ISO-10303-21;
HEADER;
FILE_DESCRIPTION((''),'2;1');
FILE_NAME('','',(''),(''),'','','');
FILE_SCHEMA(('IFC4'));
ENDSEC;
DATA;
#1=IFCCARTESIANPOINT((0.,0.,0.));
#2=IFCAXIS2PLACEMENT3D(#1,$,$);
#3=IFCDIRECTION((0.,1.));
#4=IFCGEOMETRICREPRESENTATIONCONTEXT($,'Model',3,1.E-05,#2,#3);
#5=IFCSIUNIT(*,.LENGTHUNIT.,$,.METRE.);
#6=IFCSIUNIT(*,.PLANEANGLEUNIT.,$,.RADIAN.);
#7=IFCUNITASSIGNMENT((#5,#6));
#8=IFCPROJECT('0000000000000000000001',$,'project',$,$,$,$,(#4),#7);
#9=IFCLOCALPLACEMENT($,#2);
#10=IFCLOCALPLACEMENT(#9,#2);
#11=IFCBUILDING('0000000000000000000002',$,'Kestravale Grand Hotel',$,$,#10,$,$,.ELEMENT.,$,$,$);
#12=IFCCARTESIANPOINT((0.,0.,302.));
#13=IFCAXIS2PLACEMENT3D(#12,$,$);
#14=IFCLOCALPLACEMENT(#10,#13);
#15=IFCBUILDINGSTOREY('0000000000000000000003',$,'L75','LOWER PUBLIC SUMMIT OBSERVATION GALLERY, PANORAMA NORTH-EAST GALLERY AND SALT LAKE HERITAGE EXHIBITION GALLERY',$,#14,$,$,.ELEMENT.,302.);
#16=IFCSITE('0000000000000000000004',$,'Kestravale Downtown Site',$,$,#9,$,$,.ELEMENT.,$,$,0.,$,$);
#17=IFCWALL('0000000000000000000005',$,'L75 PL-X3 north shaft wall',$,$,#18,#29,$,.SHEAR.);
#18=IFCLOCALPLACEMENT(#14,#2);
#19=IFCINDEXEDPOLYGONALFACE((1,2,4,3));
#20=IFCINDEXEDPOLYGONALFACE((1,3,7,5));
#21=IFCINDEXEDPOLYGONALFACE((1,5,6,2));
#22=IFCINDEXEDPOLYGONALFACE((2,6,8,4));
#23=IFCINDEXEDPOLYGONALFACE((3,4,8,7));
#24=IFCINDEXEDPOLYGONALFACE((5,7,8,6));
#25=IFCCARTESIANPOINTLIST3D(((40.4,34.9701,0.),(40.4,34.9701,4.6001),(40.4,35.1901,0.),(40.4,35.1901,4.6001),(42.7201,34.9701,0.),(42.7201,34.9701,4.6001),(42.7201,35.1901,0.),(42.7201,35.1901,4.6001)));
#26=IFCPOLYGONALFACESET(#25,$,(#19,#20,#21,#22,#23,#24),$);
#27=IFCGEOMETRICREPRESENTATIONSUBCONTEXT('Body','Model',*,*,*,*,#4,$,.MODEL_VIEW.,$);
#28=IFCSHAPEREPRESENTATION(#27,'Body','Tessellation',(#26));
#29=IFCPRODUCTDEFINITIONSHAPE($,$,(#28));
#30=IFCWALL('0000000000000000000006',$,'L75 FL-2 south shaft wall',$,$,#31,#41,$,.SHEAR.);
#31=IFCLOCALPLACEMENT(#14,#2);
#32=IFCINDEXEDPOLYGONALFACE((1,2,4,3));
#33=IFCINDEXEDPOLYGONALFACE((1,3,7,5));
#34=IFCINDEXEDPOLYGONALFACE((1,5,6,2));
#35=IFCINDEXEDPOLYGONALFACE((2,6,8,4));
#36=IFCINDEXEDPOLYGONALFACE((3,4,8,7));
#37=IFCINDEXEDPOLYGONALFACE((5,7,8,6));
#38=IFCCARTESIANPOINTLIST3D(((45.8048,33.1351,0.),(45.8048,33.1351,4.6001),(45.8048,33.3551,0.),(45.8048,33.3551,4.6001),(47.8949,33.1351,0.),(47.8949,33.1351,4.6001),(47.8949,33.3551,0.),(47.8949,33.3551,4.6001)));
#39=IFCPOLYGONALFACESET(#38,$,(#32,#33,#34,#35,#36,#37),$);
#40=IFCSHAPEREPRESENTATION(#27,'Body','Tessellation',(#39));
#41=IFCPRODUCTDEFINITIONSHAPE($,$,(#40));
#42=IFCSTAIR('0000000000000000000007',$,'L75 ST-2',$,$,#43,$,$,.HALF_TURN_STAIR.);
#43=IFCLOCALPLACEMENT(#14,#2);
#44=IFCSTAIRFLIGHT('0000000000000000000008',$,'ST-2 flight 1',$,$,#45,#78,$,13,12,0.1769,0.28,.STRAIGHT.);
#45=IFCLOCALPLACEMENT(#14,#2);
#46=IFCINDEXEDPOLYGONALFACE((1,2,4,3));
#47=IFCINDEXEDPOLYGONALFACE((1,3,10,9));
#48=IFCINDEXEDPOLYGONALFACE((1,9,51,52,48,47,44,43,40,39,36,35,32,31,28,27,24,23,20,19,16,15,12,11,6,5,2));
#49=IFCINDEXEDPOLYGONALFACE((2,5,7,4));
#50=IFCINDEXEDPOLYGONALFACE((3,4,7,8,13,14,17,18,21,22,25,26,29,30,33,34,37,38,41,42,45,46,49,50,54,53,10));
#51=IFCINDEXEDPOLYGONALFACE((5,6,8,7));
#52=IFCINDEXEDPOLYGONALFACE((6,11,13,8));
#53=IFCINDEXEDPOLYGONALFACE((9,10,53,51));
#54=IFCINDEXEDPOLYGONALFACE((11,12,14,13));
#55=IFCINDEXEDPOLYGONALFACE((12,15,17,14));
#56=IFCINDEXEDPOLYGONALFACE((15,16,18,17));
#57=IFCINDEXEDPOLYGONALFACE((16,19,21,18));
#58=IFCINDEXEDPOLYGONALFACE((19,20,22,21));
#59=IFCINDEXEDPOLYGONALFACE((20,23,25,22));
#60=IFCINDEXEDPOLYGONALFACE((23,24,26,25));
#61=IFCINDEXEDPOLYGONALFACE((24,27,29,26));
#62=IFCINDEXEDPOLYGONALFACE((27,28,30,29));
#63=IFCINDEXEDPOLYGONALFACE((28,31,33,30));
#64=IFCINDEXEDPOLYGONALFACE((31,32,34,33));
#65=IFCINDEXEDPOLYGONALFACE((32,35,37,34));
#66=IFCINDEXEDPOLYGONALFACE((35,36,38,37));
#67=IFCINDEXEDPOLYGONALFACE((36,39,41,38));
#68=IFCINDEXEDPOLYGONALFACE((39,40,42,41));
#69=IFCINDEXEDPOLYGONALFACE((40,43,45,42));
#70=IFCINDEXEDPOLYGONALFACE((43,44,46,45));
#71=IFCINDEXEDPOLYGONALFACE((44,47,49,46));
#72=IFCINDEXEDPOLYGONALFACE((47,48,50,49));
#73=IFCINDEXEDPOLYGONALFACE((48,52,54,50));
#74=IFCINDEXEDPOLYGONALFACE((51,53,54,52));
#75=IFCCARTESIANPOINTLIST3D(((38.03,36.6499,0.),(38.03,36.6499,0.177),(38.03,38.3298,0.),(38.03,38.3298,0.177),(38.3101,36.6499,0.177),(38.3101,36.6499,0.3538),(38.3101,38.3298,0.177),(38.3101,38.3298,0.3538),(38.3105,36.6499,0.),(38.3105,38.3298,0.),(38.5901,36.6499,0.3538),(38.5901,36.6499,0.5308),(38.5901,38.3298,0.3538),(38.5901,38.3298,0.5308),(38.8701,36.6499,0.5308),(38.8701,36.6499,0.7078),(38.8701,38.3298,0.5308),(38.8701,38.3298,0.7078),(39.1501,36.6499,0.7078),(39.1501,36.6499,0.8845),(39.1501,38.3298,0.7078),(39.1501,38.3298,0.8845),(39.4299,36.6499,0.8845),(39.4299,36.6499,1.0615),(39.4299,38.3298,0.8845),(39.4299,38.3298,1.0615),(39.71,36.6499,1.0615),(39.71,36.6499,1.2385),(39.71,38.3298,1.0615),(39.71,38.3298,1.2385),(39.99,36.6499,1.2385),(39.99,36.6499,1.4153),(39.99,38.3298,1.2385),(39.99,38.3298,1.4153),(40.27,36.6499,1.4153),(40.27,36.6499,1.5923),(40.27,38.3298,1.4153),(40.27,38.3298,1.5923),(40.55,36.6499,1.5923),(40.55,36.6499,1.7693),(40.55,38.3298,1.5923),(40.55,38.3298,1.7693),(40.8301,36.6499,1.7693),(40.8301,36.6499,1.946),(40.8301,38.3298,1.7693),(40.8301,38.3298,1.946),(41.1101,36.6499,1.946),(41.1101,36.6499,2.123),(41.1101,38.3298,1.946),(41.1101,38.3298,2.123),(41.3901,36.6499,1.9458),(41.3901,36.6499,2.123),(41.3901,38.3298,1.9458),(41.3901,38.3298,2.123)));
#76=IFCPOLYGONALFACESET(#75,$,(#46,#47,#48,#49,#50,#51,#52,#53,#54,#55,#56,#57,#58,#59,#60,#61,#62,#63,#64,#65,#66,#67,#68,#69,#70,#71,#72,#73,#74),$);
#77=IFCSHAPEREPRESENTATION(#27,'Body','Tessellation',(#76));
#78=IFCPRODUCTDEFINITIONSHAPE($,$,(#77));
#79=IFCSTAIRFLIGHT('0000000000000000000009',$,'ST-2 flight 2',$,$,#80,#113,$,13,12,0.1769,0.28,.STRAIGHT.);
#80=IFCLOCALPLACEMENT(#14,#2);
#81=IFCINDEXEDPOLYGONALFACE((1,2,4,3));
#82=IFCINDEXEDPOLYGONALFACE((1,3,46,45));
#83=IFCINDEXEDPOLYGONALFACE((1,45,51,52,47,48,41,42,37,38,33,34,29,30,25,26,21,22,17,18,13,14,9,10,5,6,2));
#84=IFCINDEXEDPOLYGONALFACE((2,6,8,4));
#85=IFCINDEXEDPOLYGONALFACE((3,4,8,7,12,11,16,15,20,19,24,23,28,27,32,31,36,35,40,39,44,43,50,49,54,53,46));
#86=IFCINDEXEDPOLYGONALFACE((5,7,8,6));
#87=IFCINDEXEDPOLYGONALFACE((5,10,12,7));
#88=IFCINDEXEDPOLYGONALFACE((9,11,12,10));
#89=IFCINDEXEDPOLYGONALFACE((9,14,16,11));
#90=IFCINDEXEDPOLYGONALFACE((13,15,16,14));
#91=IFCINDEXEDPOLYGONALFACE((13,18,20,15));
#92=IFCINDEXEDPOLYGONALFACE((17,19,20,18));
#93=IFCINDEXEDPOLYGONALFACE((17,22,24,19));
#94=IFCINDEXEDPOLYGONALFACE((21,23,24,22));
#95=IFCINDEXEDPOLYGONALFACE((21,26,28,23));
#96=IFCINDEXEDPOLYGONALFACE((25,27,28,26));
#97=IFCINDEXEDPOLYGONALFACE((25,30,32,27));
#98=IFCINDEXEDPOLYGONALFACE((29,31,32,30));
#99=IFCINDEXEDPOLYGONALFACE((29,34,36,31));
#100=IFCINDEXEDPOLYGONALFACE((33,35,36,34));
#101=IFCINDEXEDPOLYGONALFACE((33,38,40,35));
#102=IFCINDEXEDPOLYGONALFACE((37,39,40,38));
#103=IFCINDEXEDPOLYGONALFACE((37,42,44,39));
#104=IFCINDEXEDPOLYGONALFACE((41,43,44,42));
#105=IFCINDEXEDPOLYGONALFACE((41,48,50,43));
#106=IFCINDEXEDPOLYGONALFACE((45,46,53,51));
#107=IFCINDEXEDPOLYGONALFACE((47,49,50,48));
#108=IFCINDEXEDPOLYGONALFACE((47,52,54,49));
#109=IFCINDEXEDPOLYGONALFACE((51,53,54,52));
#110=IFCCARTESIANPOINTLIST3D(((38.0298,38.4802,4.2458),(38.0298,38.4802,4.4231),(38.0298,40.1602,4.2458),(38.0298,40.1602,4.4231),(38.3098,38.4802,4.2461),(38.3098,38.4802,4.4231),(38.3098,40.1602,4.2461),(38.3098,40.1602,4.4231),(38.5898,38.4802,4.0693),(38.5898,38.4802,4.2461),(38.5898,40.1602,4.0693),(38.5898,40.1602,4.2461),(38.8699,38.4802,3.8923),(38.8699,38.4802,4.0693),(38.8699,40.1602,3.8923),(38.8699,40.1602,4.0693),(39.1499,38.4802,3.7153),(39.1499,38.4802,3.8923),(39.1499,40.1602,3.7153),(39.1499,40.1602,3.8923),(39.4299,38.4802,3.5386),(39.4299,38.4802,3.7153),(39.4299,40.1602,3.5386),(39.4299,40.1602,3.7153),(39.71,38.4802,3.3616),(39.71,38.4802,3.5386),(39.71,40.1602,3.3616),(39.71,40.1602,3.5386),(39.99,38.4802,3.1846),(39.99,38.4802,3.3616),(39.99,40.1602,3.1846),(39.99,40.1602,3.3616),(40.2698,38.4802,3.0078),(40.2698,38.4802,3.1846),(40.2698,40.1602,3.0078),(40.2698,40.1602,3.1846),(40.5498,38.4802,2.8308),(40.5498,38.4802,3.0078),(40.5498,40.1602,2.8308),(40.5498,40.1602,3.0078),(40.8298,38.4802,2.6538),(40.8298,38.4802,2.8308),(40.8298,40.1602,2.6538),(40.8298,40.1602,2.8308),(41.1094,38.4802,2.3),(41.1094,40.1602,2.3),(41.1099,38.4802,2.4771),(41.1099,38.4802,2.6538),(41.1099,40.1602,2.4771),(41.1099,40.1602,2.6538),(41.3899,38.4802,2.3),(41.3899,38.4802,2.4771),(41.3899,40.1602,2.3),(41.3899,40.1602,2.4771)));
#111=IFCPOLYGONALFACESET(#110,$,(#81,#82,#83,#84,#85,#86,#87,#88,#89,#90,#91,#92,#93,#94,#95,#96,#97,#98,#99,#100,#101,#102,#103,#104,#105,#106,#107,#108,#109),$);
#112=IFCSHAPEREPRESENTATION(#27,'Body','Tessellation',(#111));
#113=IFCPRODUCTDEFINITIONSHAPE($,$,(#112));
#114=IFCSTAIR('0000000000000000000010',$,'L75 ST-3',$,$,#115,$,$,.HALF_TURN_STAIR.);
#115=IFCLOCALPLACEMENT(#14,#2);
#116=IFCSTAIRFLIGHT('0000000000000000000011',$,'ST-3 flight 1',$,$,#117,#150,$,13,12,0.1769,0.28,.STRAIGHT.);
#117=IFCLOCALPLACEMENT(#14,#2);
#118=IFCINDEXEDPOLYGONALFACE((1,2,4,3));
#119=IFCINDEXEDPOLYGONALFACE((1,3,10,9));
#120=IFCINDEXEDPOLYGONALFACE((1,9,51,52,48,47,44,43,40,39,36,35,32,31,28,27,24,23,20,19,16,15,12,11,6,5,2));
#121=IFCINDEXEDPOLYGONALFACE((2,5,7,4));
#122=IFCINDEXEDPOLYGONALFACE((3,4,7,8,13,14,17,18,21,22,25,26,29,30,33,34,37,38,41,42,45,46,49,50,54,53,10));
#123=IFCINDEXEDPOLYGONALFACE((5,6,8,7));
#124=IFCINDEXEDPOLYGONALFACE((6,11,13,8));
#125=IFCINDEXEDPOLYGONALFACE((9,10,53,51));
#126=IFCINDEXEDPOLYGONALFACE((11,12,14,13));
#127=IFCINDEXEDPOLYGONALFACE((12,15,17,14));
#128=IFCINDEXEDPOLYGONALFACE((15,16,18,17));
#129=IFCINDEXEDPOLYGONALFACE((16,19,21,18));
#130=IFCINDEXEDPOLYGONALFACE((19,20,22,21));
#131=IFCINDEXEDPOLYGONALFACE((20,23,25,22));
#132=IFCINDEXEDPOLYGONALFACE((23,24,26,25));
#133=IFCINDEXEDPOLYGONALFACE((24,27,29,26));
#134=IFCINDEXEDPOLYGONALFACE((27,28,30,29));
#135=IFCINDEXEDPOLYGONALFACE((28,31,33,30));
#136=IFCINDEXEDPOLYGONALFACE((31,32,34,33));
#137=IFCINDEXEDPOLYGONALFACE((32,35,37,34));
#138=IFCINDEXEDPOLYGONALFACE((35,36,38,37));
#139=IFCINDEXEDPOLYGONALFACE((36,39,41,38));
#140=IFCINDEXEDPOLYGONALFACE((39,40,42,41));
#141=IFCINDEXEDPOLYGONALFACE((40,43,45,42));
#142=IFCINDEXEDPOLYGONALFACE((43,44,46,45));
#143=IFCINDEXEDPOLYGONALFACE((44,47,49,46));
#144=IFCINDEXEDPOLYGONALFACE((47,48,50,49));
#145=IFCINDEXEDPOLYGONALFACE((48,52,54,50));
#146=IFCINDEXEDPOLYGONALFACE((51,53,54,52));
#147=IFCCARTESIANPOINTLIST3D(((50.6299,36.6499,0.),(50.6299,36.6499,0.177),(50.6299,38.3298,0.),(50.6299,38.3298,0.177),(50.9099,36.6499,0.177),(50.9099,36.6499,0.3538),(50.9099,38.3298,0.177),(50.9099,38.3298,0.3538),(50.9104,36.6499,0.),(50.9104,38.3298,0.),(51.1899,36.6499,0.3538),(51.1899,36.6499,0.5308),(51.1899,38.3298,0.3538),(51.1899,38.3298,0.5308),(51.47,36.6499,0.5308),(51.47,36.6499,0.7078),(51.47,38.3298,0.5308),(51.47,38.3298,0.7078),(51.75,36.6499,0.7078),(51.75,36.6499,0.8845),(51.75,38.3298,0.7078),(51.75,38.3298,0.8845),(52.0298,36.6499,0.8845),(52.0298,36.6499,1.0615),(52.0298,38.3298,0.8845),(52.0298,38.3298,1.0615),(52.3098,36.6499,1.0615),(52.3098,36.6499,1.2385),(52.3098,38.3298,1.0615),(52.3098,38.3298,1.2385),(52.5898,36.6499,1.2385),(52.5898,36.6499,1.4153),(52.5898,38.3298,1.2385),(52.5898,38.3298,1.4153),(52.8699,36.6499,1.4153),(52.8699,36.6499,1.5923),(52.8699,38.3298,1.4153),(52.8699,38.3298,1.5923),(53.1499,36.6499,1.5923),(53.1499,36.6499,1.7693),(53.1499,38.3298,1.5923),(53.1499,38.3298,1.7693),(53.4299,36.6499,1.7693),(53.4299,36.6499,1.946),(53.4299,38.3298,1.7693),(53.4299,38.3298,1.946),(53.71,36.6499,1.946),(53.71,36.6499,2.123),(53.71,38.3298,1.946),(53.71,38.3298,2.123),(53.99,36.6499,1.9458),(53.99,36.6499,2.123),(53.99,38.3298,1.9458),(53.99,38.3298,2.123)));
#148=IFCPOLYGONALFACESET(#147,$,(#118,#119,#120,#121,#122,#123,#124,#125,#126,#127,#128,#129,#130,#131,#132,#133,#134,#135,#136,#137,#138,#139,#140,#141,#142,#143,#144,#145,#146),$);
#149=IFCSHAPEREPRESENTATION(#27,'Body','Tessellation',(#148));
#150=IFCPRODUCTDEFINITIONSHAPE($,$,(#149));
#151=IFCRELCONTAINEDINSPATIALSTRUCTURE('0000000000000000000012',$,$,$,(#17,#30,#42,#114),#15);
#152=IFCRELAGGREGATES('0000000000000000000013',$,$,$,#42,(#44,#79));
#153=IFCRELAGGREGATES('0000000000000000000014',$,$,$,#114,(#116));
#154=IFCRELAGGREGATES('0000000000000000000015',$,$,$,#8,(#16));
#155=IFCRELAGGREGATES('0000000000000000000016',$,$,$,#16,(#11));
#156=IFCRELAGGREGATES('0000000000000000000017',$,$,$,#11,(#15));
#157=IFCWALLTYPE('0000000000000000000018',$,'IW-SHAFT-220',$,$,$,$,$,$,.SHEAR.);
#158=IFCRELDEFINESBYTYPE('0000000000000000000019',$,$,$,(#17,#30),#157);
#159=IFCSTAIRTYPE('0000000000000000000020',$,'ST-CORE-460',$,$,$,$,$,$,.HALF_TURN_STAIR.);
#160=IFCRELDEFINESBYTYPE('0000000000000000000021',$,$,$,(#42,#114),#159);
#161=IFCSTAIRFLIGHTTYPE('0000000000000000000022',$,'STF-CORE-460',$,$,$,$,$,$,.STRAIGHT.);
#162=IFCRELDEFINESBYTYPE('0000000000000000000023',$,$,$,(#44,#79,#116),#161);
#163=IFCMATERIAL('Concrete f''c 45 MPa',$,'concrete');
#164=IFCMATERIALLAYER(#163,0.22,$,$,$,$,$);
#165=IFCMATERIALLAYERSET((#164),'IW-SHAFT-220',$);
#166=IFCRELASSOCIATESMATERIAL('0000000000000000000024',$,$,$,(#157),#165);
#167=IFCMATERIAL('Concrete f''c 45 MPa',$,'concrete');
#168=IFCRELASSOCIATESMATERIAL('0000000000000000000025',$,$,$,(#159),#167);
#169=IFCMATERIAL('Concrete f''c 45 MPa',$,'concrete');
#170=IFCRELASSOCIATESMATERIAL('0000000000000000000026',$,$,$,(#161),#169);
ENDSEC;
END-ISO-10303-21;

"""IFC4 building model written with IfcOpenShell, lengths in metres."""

from ifc_helpers import new_model, si_unit, direction, frame, frame_2d, origin, place, context, subcontext, project, spatial, polyline, rectangle, outline, extrude, material, layer, layer_set, type_object, element, aggregate, save


model = new_model("IFC4")

# Units and contexts
model_context = context("Model", 3, precision=1e-05, world=origin(), true_north=direction((0.0, 1.0)))
body_context = subcontext(model_context, "Body", "Model", "MODEL_VIEW")
ifc_project = project(units=[si_unit("LENGTHUNIT", "METRE"), si_unit("PLANEANGLEUNIT", "RADIAN")], contexts=[model_context])

# Site, building, storey
site_placement = place(None, origin())
site = spatial("IfcSite", under=ifc_project, at=site_placement, Name="Kestravale Downtown Site", CompositionType="ELEMENT", RefElevation=0.0)
building_placement = place(site_placement, origin())
building = spatial("IfcBuilding", under=site, at=building_placement, Name="Kestravale Grand Hotel", CompositionType="ELEMENT")
storey_placement = place(building_placement, frame((0.0, 0.0, 302.0)))
storey = spatial("IfcBuildingStorey", under=building, at=storey_placement, Name="L75", Description="LOWER PUBLIC SUMMIT OBSERVATION GALLERY, PANORAMA NORTH-EAST GALLERY AND SALT LAKE HERITAGE EXHIBITION GALLERY", CompositionType="ELEMENT", Elevation=302.0)

# Wall
ifc_material_1 = material(Name="Concrete f'c 45 MPa", Category="concrete")
ifc_layer_1 = layer(ifc_material_1, 0.22)
ifc_layer_set_1 = layer_set([ifc_layer_1], Name="IW-SHAFT-220")
wall_type_1 = type_object("IfcWallType", Name="IW-SHAFT-220", PredefinedType="SHEAR", material=ifc_layer_set_1)
wall_1_placement = place(storey_placement, frame((40.3999, 35.0801, 0.0), z_axis=(0.0, 0.0, 1.0), x_axis=(1.0, 0.0, 0.0)))
element("IfcWall", 1, at=wall_1_placement, inside=storey, type_object=wall_type_1, Name="L75 PL-X3 north shaft wall", PredefinedType="SHEAR", context=body_context, shape_type="SweptSolid", body=[
    extrude(rectangle(XDim=2.3201, YDim=0.22, at=frame_2d((1.1602, 0.0))), origin(), (0.0, 0.0, 1.0), 4.6001),
])

# Wall
wall_2_placement = place(storey_placement, frame((45.8049, 33.2451, 0.0), z_axis=(0.0, 0.0, 1.0), x_axis=(1.0, 0.0, 0.0)))
element("IfcWall", 2, at=wall_2_placement, inside=storey, type_object=wall_type_1, Name="L75 FL-2 south shaft wall", PredefinedType="SHEAR", context=body_context, shape_type="SweptSolid", body=[
    extrude(rectangle(XDim=2.0901, YDim=0.22, at=frame_2d((1.0449, 0.0))), origin(), (0.0, 0.0, 1.0), 4.6001),
])

# Stair, stair flights
ifc_material_2 = material(Name="Concrete f'c 45 MPa", Category="concrete")
stair_type = type_object("IfcStairType", Name="ST-CORE-460", PredefinedType="HALF_TURN_STAIR", material=ifc_material_2)
stair_1_placement = place(storey_placement, origin())
stair_1 = element("IfcStair", 3, at=stair_1_placement, inside=storey, type_object=stair_type, Name="L75 ST-2", PredefinedType="HALF_TURN_STAIR")
ifc_material_3 = material(Name="Concrete f'c 45 MPa", Category="concrete")
stair_flight_type = type_object("IfcStairFlightType", Name="STF-CORE-460", PredefinedType="STRAIGHT", material=ifc_material_3)
stair_flight_1_placement = place(storey_placement, frame((38.03, 37.49, 0.0), z_axis=(0.0, 0.0, 1.0), x_axis=(1.0, 0.0, 0.0)))
stair_flight_1 = element("IfcStairFlight", 4, at=stair_flight_1_placement, type_object=stair_flight_type, Name="ST-2 flight 1", NumberOfRisers=13, NumberOfTreads=12, PredefinedType="STRAIGHT", RiserHeight=0.1769, TreadLength=0.28, context=body_context, shape_type="SweptSolid", body=[
    extrude(outline(polyline([(0.0, 0.0), (0.0, 0.177), (0.28, 0.177), (0.28, 0.3538), (0.5601, 0.3538), (0.5601, 0.5308), (0.8401, 0.5308), (0.8401, 0.7078), (1.1201, 0.7078), (1.1201, 0.8845), (1.3999, 0.8845), (1.3999, 1.0615), (1.6799, 1.0615), (1.6799, 1.2385), (1.96, 1.2385), (1.96, 1.4153), (2.24, 1.4153), (2.24, 1.5923), (2.52, 1.5923), (2.52, 1.7693), (2.8, 1.7693), (2.8, 1.946), (3.0801, 1.946), (3.0801, 2.123), (3.3601, 2.123), (3.3601, 2.3), (3.3601, 1.9458), (0.2805, 0.0), (0.0, 0.0)])), frame((0.0, 0.8398, 0.0), z_axis=(0.0, -1.0, 0.0), x_axis=(1.0, 0.0, 0.0)), (0.0, 0.0, 1.0), 1.6799),
])
stair_flight_2_placement = place(storey_placement, frame((41.3899, 39.3201, 2.3), z_axis=(0.0, 0.0, 1.0), x_axis=(-1.0, 0.0, 0.0)))
stair_flight_2 = element("IfcStairFlight", 5, at=stair_flight_2_placement, type_object=stair_flight_type, Name="ST-2 flight 2", NumberOfRisers=13, NumberOfTreads=12, PredefinedType="STRAIGHT", RiserHeight=0.1769, TreadLength=0.28, context=body_context, shape_type="SweptSolid", body=[
    extrude(outline(polyline([(0.0, 0.0), (0.0, 0.177), (0.28, 0.177), (0.28, 0.3538), (0.5601, 0.3538), (0.5601, 0.5308), (0.8401, 0.5308), (0.8401, 0.7078), (1.1201, 0.7078), (1.1201, 0.8845), (1.3999, 0.8845), (1.3999, 1.0615), (1.6799, 1.0615), (1.6799, 1.2385), (1.96, 1.2385), (1.96, 1.4153), (2.24, 1.4153), (2.24, 1.5923), (2.52, 1.5923), (2.52, 1.7693), (2.8, 1.7693), (2.8, 1.946), (3.0801, 1.946), (3.0801, 2.123), (3.3601, 2.123), (3.3601, 2.3), (3.3601, 1.9458), (0.2805, 0.0), (0.0, 0.0)])), frame((0.0, 0.8398, 0.0), z_axis=(0.0, -1.0, 0.0), x_axis=(1.0, 0.0, 0.0)), (0.0, 0.0, 1.0), 1.6799),
])
aggregate(stair_1, [stair_flight_1, stair_flight_2])

# Stair, stair flight
stair_2_placement = place(storey_placement, origin())
stair_2 = element("IfcStair", 6, at=stair_2_placement, inside=storey, type_object=stair_type, Name="L75 ST-3", PredefinedType="HALF_TURN_STAIR")
stair_flight_3_placement = place(storey_placement, frame((50.6299, 37.49, 0.0), z_axis=(0.0, 0.0, 1.0), x_axis=(1.0, 0.0, 0.0)))
stair_flight_3 = element("IfcStairFlight", 7, at=stair_flight_3_placement, type_object=stair_flight_type, Name="ST-3 flight 1", NumberOfRisers=13, NumberOfTreads=12, PredefinedType="STRAIGHT", RiserHeight=0.1769, TreadLength=0.28, context=body_context, shape_type="SweptSolid", body=[
    extrude(outline(polyline([(0.0, 0.0), (0.0, 0.177), (0.28, 0.177), (0.28, 0.3538), (0.5601, 0.3538), (0.5601, 0.5308), (0.8401, 0.5308), (0.8401, 0.7078), (1.1201, 0.7078), (1.1201, 0.8845), (1.3999, 0.8845), (1.3999, 1.0615), (1.6799, 1.0615), (1.6799, 1.2385), (1.96, 1.2385), (1.96, 1.4153), (2.24, 1.4153), (2.24, 1.5923), (2.52, 1.5923), (2.52, 1.7693), (2.8, 1.7693), (2.8, 1.946), (3.0801, 1.946), (3.0801, 2.123), (3.3601, 2.123), (3.3601, 2.3), (3.3601, 1.9458), (0.2805, 0.0), (0.0, 0.0)])), frame((0.0, 0.8398, 0.0), z_axis=(0.0, -1.0, 0.0), x_axis=(1.0, 0.0, 0.0)), (0.0, 0.0, 1.0), 1.6799),
])
aggregate(stair_2, [stair_flight_3])

save(model, "model.ifc")
